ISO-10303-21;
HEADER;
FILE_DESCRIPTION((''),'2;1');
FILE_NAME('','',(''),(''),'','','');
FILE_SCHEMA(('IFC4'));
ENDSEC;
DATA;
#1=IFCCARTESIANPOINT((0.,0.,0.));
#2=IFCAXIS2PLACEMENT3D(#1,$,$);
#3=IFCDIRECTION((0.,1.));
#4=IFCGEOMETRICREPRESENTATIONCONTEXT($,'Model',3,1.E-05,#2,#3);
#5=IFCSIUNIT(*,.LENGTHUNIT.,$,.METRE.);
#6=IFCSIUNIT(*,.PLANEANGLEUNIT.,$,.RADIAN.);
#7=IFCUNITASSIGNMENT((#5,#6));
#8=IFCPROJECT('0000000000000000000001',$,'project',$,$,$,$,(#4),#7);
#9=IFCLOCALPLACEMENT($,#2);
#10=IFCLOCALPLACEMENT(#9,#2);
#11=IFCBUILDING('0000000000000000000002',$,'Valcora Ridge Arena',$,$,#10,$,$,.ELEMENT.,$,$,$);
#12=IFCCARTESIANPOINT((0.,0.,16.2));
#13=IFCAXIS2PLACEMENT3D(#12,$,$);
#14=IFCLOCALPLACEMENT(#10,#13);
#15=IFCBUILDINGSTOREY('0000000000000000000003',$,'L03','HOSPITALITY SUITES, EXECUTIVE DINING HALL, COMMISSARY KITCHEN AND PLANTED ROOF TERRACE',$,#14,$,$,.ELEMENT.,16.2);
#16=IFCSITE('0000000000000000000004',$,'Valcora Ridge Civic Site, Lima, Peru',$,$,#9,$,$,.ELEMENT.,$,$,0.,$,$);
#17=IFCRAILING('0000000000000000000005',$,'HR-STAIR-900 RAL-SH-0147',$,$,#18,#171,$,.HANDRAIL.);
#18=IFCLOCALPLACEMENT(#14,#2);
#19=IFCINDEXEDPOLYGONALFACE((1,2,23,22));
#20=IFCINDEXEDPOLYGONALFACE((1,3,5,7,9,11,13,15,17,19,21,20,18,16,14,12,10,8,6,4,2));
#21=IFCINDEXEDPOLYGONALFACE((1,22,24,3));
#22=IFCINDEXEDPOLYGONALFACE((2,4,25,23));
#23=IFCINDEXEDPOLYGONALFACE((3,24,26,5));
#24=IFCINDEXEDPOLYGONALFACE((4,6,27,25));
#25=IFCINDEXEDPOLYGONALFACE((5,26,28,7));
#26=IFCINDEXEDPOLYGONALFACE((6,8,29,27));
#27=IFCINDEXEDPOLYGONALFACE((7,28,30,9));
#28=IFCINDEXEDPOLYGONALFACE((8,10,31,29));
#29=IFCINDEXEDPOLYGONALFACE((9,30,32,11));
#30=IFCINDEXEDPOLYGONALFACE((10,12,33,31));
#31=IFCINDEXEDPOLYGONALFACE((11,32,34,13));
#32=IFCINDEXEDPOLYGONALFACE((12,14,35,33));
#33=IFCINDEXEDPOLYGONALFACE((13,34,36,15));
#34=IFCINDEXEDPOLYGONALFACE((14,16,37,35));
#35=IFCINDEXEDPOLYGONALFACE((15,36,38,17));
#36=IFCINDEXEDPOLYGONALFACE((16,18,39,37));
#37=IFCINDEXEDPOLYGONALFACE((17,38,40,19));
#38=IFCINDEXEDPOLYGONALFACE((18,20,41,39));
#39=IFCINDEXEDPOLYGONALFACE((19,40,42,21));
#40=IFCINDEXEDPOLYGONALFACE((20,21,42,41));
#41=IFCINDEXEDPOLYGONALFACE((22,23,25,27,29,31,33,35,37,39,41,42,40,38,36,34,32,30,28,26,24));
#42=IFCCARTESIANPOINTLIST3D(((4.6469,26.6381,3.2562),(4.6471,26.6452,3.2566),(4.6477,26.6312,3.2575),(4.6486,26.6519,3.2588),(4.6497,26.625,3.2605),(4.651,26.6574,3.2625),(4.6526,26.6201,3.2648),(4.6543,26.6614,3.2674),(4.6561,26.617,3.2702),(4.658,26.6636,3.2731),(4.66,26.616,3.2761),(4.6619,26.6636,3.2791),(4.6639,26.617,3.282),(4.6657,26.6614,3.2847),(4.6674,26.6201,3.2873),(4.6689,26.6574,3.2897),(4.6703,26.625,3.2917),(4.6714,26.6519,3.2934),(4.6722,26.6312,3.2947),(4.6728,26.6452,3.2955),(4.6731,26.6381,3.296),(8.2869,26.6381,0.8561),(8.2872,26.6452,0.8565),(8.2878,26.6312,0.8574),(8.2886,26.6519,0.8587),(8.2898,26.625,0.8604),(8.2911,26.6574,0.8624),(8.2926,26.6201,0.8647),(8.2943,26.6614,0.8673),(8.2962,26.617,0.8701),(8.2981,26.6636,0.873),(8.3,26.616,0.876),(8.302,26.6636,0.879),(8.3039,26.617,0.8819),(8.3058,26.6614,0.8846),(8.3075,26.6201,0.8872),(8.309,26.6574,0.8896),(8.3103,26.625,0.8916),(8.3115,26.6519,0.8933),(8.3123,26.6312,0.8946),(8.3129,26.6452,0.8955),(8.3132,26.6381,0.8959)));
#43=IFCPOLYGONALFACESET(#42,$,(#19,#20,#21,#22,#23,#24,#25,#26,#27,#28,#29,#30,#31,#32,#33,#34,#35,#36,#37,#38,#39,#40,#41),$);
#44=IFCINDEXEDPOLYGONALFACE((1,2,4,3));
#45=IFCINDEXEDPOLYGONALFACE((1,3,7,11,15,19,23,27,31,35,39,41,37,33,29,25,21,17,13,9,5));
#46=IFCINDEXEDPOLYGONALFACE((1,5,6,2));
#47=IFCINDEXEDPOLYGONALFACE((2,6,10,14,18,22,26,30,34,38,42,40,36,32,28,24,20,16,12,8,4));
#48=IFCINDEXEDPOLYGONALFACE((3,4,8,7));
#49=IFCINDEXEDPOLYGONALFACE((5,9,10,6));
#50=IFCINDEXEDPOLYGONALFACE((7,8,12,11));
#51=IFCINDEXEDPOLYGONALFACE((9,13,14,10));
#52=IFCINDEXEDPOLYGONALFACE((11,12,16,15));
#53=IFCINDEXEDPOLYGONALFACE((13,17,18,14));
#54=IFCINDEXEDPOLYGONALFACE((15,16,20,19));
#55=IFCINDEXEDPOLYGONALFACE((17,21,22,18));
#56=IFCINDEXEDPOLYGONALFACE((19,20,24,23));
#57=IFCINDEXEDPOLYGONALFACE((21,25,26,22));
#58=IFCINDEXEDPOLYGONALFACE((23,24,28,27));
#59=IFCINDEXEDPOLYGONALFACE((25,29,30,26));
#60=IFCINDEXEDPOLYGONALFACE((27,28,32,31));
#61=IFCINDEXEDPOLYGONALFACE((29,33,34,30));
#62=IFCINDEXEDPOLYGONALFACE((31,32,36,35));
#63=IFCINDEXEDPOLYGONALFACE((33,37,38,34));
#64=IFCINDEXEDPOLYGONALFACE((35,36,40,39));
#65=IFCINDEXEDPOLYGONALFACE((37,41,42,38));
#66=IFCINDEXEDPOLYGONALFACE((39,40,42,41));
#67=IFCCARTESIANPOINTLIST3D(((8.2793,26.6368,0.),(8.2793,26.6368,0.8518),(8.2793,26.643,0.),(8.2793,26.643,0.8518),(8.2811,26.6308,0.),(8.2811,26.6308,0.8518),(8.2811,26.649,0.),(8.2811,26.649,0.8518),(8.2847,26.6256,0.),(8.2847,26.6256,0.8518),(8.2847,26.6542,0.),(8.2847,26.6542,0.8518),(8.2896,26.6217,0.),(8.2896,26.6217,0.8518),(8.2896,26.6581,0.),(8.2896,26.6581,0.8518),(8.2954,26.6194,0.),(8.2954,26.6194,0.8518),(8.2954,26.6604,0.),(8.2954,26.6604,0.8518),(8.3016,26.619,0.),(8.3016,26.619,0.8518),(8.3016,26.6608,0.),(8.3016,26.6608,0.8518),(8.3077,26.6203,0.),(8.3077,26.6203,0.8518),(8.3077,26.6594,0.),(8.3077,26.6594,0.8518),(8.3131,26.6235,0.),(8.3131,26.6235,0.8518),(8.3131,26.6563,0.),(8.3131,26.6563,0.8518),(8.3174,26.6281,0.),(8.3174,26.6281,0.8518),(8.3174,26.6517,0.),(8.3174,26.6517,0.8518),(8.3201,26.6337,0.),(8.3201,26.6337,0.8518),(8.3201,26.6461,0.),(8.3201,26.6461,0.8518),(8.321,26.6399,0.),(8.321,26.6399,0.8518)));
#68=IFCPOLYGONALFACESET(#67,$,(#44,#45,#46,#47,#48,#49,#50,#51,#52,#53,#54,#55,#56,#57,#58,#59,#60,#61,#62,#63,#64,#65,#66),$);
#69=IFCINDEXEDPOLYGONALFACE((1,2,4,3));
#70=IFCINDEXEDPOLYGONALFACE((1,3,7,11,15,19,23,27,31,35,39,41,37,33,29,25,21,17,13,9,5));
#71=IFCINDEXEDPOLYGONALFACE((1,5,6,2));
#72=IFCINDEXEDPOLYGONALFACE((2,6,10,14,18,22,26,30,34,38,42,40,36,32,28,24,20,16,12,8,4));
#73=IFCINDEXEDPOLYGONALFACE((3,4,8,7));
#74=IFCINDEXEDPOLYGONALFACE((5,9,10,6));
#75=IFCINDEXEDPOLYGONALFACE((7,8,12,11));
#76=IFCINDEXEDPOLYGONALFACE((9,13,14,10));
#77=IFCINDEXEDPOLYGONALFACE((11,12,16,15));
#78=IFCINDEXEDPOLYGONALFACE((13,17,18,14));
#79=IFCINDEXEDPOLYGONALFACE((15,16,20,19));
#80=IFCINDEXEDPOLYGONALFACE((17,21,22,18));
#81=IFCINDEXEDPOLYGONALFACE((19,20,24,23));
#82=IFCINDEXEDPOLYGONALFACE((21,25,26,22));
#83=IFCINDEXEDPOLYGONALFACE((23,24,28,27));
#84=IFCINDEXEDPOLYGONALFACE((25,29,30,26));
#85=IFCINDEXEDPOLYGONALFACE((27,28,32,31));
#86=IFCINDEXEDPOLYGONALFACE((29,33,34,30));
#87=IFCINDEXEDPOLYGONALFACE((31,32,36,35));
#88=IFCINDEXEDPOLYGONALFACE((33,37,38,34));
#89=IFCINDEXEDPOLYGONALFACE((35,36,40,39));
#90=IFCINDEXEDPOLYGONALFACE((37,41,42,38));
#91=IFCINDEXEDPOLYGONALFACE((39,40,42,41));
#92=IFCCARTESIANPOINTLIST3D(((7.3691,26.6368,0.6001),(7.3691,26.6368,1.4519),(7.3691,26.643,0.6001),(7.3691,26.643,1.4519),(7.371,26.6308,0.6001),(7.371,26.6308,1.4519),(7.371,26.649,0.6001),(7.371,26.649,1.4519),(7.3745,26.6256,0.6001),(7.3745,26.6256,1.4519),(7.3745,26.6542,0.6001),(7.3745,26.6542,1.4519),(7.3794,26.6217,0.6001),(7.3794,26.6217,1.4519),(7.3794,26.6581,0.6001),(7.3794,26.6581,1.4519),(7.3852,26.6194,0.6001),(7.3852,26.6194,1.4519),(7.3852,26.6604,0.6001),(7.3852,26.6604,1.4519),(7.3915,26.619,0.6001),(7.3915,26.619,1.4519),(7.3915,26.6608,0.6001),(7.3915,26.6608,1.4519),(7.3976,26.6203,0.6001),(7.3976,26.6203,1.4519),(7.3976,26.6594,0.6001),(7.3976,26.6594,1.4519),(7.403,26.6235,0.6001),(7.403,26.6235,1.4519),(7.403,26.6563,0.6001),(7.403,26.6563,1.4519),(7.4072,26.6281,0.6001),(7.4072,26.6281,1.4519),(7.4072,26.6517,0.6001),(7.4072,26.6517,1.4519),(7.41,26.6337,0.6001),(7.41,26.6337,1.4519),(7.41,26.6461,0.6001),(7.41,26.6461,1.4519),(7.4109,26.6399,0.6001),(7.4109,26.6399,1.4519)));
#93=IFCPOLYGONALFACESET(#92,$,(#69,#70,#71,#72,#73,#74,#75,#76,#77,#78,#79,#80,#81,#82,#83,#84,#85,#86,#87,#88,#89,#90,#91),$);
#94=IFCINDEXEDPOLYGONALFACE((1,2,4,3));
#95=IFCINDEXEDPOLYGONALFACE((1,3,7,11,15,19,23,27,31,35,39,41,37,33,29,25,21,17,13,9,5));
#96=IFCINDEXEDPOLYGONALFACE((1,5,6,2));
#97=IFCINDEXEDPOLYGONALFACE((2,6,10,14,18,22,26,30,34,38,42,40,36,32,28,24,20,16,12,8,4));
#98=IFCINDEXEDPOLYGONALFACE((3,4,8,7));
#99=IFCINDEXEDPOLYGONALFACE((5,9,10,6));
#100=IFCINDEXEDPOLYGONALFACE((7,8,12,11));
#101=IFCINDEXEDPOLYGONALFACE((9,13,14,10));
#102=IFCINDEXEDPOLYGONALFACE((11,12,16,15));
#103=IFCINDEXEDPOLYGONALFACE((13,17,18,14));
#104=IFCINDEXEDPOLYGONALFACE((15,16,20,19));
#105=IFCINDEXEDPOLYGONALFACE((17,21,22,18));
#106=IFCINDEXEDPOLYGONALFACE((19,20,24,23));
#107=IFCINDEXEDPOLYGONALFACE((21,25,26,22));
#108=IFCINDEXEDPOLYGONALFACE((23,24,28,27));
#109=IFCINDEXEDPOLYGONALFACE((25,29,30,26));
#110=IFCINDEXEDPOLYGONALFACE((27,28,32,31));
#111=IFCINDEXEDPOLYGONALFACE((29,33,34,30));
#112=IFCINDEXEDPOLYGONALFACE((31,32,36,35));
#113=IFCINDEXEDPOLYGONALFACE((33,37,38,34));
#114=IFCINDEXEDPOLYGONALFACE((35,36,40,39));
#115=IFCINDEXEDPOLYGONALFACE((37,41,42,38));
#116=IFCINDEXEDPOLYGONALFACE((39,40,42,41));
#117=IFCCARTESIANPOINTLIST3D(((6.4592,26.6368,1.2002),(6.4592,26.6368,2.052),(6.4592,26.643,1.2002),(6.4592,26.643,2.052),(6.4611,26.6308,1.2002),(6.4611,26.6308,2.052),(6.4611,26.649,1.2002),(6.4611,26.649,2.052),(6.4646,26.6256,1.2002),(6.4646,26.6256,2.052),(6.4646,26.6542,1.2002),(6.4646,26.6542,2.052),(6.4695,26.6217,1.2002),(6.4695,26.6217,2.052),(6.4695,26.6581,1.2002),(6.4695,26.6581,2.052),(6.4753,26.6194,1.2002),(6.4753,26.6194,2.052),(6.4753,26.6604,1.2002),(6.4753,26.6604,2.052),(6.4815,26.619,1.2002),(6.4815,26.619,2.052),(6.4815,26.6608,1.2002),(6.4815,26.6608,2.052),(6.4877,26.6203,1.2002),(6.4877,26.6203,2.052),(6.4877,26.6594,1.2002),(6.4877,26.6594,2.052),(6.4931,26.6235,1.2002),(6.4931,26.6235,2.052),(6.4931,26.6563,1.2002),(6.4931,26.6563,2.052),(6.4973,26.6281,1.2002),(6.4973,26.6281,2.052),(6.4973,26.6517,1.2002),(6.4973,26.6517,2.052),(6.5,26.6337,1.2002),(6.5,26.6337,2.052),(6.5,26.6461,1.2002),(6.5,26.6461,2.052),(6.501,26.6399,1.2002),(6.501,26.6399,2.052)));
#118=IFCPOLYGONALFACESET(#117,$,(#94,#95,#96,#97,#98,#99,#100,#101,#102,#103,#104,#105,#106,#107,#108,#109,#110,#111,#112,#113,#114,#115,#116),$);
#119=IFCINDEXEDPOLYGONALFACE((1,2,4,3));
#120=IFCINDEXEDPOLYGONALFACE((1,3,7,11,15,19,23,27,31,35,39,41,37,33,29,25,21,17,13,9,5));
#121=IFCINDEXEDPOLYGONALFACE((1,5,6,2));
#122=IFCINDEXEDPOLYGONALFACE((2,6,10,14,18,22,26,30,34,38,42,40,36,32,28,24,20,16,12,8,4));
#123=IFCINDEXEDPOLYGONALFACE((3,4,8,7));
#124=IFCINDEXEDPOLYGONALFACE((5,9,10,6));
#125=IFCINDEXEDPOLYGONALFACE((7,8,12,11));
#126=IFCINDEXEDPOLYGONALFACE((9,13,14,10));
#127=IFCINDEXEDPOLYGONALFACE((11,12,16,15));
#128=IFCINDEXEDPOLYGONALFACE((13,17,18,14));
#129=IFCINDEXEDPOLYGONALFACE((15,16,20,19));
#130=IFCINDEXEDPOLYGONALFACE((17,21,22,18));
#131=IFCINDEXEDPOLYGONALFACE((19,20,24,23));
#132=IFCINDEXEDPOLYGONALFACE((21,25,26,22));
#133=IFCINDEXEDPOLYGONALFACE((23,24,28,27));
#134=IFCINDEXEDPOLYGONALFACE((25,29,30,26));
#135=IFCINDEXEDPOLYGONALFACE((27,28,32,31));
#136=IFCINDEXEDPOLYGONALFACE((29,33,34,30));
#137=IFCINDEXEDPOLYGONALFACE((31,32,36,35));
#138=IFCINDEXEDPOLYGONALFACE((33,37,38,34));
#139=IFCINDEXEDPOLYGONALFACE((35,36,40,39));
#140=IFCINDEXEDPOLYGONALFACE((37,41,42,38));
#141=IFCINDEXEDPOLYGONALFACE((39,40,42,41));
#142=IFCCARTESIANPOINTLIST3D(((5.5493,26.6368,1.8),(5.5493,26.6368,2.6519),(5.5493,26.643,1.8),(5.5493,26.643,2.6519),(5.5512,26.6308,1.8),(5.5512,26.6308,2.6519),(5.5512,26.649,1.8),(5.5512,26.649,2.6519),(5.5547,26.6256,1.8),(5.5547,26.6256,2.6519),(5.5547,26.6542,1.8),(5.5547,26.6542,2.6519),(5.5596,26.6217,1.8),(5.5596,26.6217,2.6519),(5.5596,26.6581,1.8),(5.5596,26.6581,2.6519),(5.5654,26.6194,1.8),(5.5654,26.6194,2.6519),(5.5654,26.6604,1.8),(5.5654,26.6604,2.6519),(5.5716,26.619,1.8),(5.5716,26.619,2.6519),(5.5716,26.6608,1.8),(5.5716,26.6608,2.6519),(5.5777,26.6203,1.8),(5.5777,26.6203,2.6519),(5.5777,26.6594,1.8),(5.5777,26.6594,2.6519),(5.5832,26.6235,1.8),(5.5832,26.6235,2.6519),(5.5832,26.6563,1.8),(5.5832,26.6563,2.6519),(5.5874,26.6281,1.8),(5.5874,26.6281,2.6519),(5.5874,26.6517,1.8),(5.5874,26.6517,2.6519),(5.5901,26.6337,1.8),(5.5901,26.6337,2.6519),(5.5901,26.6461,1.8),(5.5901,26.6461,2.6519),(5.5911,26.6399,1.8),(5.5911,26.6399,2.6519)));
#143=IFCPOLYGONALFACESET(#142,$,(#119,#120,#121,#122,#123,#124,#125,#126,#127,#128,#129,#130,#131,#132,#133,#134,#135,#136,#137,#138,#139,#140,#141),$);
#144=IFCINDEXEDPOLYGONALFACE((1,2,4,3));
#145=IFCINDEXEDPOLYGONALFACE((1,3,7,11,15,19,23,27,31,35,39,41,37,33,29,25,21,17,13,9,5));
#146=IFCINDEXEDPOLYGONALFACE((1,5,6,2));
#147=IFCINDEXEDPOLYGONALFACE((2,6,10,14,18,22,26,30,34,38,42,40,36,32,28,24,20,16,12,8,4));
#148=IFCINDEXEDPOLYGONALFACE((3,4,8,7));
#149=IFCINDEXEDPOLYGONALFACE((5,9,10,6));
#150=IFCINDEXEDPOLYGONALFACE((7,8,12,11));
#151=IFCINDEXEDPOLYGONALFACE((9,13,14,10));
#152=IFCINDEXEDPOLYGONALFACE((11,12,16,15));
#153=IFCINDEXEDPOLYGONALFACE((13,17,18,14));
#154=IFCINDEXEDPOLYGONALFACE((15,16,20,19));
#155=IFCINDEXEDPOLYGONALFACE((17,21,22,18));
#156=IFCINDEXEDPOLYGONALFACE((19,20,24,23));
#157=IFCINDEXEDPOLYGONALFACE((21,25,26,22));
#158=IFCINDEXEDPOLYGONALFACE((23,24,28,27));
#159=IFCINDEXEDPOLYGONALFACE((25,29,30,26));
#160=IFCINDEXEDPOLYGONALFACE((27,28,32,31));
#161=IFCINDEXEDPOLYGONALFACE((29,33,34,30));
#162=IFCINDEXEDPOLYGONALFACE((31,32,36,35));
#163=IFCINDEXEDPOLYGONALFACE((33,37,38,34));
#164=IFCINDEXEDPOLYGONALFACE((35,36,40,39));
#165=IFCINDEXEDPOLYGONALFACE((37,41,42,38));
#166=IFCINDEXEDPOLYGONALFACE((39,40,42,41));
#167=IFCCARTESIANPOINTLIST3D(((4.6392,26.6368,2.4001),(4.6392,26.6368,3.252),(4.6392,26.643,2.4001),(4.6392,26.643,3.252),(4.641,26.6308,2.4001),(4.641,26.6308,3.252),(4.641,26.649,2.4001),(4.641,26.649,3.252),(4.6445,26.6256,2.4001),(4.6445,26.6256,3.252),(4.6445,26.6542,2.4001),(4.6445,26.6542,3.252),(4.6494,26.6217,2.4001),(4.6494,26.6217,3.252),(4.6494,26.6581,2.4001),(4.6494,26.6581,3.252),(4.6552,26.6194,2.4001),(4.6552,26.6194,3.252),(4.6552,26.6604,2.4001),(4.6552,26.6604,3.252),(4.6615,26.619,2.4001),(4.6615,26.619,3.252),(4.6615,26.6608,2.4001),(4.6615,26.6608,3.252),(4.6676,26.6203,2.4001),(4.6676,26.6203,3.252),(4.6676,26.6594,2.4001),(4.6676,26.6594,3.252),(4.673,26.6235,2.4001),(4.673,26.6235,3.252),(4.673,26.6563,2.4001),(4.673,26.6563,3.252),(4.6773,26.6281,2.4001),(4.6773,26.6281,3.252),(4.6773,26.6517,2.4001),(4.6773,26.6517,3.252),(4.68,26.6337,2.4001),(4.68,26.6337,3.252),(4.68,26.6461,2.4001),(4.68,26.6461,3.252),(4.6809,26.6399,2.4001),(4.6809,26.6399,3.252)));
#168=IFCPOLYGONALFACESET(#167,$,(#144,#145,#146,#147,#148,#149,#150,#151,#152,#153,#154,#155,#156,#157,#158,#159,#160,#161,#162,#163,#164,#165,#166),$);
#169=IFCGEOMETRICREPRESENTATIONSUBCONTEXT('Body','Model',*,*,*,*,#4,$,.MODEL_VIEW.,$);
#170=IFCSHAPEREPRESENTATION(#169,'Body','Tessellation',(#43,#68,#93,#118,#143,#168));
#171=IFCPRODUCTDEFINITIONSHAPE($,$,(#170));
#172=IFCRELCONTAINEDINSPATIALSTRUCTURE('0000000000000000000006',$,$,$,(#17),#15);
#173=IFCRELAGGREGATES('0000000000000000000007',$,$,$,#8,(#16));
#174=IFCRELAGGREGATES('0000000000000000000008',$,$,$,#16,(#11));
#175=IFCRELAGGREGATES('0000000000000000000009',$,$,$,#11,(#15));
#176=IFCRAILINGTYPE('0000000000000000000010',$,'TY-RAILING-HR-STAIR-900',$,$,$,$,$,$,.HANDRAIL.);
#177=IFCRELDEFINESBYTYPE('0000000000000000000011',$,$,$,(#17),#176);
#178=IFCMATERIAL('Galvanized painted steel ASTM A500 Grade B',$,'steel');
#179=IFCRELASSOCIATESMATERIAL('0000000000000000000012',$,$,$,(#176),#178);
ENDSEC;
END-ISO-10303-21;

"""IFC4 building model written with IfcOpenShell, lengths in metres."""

from ifc_helpers import new_model, si_unit, direction, frame, origin, origin_2d, place, context, subcontext, project, spatial, circle, extrude, material, type_object, element, save


model = new_model("IFC4")

# Units and contexts
model_context = context("Model", 3, precision=1e-05, world=origin(), true_north=direction((0.0, 1.0)))
body_context = subcontext(model_context, "Body", "Model", "MODEL_VIEW")
ifc_project = project(units=[si_unit("LENGTHUNIT", "METRE"), si_unit("PLANEANGLEUNIT", "RADIAN")], contexts=[model_context])

# Site, building, storey
site_placement = place(None, origin())
site = spatial("IfcSite", under=ifc_project, at=site_placement, Name="Valcora Ridge Civic Site, Lima, Peru", CompositionType="ELEMENT", RefElevation=0.0)
building_placement = place(site_placement, origin())
building = spatial("IfcBuilding", under=site, at=building_placement, Name="Valcora Ridge Arena", CompositionType="ELEMENT")
storey_placement = place(building_placement, frame((0.0, 0.0, 16.2)))
storey = spatial("IfcBuildingStorey", under=building, at=storey_placement, Name="L03", Description="HOSPITALITY SUITES, EXECUTIVE DINING HALL, COMMISSARY KITCHEN AND PLANTED ROOF TERRACE", CompositionType="ELEMENT", Elevation=16.2)

# Railing
ifc_material_1 = material(Name="Galvanized painted steel ASTM A500 Grade B", Category="steel")
railing_type_1 = type_object("IfcRailingType", Name="TY-RAILING-HR-STAIR-900", PredefinedType="HANDRAIL", material=ifc_material_1)
railing_1_placement = place(storey_placement, frame((8.3, 26.6399, 0.0)))
element("IfcRailing", 1, at=railing_1_placement, inside=storey, type_object=railing_type_1, Name="HR-STAIR-900 RAL-SH-0147", PredefinedType="HANDRAIL", context=body_context, shape_type="SweptSolid", body=[
    extrude(circle(Radius=0.0239, at=origin_2d()), frame((0.0, 0.0, 0.876), z_axis=(-0.834856, 0.0, 0.550468), x_axis=(0.0, -1.0, 0.0)), (0.0, 0.0, 1.0), 4.3601),
    extrude(circle(Radius=0.021, at=origin_2d()), origin(), (0.0, 0.0, 1.0), 0.8518),
    extrude(circle(Radius=0.021, at=origin_2d()), frame((-0.9102, 0.0, 0.6001)), (0.0, 0.0, 1.0), 0.8518),
    extrude(circle(Radius=0.021, at=origin_2d()), frame((-1.8201, 0.0, 1.2002)), (0.0, 0.0, 1.0), 0.8518),
    extrude(circle(Radius=0.021, at=origin_2d()), frame((-2.73, 0.0, 1.8)), (0.0, 0.0, 1.0), 0.8518),
    extrude(circle(Radius=0.021, at=origin_2d()), frame((-3.6401, 0.0, 2.4001)), (0.0, 0.0, 1.0), 0.8518),
])

save(model, "model.ifc")
